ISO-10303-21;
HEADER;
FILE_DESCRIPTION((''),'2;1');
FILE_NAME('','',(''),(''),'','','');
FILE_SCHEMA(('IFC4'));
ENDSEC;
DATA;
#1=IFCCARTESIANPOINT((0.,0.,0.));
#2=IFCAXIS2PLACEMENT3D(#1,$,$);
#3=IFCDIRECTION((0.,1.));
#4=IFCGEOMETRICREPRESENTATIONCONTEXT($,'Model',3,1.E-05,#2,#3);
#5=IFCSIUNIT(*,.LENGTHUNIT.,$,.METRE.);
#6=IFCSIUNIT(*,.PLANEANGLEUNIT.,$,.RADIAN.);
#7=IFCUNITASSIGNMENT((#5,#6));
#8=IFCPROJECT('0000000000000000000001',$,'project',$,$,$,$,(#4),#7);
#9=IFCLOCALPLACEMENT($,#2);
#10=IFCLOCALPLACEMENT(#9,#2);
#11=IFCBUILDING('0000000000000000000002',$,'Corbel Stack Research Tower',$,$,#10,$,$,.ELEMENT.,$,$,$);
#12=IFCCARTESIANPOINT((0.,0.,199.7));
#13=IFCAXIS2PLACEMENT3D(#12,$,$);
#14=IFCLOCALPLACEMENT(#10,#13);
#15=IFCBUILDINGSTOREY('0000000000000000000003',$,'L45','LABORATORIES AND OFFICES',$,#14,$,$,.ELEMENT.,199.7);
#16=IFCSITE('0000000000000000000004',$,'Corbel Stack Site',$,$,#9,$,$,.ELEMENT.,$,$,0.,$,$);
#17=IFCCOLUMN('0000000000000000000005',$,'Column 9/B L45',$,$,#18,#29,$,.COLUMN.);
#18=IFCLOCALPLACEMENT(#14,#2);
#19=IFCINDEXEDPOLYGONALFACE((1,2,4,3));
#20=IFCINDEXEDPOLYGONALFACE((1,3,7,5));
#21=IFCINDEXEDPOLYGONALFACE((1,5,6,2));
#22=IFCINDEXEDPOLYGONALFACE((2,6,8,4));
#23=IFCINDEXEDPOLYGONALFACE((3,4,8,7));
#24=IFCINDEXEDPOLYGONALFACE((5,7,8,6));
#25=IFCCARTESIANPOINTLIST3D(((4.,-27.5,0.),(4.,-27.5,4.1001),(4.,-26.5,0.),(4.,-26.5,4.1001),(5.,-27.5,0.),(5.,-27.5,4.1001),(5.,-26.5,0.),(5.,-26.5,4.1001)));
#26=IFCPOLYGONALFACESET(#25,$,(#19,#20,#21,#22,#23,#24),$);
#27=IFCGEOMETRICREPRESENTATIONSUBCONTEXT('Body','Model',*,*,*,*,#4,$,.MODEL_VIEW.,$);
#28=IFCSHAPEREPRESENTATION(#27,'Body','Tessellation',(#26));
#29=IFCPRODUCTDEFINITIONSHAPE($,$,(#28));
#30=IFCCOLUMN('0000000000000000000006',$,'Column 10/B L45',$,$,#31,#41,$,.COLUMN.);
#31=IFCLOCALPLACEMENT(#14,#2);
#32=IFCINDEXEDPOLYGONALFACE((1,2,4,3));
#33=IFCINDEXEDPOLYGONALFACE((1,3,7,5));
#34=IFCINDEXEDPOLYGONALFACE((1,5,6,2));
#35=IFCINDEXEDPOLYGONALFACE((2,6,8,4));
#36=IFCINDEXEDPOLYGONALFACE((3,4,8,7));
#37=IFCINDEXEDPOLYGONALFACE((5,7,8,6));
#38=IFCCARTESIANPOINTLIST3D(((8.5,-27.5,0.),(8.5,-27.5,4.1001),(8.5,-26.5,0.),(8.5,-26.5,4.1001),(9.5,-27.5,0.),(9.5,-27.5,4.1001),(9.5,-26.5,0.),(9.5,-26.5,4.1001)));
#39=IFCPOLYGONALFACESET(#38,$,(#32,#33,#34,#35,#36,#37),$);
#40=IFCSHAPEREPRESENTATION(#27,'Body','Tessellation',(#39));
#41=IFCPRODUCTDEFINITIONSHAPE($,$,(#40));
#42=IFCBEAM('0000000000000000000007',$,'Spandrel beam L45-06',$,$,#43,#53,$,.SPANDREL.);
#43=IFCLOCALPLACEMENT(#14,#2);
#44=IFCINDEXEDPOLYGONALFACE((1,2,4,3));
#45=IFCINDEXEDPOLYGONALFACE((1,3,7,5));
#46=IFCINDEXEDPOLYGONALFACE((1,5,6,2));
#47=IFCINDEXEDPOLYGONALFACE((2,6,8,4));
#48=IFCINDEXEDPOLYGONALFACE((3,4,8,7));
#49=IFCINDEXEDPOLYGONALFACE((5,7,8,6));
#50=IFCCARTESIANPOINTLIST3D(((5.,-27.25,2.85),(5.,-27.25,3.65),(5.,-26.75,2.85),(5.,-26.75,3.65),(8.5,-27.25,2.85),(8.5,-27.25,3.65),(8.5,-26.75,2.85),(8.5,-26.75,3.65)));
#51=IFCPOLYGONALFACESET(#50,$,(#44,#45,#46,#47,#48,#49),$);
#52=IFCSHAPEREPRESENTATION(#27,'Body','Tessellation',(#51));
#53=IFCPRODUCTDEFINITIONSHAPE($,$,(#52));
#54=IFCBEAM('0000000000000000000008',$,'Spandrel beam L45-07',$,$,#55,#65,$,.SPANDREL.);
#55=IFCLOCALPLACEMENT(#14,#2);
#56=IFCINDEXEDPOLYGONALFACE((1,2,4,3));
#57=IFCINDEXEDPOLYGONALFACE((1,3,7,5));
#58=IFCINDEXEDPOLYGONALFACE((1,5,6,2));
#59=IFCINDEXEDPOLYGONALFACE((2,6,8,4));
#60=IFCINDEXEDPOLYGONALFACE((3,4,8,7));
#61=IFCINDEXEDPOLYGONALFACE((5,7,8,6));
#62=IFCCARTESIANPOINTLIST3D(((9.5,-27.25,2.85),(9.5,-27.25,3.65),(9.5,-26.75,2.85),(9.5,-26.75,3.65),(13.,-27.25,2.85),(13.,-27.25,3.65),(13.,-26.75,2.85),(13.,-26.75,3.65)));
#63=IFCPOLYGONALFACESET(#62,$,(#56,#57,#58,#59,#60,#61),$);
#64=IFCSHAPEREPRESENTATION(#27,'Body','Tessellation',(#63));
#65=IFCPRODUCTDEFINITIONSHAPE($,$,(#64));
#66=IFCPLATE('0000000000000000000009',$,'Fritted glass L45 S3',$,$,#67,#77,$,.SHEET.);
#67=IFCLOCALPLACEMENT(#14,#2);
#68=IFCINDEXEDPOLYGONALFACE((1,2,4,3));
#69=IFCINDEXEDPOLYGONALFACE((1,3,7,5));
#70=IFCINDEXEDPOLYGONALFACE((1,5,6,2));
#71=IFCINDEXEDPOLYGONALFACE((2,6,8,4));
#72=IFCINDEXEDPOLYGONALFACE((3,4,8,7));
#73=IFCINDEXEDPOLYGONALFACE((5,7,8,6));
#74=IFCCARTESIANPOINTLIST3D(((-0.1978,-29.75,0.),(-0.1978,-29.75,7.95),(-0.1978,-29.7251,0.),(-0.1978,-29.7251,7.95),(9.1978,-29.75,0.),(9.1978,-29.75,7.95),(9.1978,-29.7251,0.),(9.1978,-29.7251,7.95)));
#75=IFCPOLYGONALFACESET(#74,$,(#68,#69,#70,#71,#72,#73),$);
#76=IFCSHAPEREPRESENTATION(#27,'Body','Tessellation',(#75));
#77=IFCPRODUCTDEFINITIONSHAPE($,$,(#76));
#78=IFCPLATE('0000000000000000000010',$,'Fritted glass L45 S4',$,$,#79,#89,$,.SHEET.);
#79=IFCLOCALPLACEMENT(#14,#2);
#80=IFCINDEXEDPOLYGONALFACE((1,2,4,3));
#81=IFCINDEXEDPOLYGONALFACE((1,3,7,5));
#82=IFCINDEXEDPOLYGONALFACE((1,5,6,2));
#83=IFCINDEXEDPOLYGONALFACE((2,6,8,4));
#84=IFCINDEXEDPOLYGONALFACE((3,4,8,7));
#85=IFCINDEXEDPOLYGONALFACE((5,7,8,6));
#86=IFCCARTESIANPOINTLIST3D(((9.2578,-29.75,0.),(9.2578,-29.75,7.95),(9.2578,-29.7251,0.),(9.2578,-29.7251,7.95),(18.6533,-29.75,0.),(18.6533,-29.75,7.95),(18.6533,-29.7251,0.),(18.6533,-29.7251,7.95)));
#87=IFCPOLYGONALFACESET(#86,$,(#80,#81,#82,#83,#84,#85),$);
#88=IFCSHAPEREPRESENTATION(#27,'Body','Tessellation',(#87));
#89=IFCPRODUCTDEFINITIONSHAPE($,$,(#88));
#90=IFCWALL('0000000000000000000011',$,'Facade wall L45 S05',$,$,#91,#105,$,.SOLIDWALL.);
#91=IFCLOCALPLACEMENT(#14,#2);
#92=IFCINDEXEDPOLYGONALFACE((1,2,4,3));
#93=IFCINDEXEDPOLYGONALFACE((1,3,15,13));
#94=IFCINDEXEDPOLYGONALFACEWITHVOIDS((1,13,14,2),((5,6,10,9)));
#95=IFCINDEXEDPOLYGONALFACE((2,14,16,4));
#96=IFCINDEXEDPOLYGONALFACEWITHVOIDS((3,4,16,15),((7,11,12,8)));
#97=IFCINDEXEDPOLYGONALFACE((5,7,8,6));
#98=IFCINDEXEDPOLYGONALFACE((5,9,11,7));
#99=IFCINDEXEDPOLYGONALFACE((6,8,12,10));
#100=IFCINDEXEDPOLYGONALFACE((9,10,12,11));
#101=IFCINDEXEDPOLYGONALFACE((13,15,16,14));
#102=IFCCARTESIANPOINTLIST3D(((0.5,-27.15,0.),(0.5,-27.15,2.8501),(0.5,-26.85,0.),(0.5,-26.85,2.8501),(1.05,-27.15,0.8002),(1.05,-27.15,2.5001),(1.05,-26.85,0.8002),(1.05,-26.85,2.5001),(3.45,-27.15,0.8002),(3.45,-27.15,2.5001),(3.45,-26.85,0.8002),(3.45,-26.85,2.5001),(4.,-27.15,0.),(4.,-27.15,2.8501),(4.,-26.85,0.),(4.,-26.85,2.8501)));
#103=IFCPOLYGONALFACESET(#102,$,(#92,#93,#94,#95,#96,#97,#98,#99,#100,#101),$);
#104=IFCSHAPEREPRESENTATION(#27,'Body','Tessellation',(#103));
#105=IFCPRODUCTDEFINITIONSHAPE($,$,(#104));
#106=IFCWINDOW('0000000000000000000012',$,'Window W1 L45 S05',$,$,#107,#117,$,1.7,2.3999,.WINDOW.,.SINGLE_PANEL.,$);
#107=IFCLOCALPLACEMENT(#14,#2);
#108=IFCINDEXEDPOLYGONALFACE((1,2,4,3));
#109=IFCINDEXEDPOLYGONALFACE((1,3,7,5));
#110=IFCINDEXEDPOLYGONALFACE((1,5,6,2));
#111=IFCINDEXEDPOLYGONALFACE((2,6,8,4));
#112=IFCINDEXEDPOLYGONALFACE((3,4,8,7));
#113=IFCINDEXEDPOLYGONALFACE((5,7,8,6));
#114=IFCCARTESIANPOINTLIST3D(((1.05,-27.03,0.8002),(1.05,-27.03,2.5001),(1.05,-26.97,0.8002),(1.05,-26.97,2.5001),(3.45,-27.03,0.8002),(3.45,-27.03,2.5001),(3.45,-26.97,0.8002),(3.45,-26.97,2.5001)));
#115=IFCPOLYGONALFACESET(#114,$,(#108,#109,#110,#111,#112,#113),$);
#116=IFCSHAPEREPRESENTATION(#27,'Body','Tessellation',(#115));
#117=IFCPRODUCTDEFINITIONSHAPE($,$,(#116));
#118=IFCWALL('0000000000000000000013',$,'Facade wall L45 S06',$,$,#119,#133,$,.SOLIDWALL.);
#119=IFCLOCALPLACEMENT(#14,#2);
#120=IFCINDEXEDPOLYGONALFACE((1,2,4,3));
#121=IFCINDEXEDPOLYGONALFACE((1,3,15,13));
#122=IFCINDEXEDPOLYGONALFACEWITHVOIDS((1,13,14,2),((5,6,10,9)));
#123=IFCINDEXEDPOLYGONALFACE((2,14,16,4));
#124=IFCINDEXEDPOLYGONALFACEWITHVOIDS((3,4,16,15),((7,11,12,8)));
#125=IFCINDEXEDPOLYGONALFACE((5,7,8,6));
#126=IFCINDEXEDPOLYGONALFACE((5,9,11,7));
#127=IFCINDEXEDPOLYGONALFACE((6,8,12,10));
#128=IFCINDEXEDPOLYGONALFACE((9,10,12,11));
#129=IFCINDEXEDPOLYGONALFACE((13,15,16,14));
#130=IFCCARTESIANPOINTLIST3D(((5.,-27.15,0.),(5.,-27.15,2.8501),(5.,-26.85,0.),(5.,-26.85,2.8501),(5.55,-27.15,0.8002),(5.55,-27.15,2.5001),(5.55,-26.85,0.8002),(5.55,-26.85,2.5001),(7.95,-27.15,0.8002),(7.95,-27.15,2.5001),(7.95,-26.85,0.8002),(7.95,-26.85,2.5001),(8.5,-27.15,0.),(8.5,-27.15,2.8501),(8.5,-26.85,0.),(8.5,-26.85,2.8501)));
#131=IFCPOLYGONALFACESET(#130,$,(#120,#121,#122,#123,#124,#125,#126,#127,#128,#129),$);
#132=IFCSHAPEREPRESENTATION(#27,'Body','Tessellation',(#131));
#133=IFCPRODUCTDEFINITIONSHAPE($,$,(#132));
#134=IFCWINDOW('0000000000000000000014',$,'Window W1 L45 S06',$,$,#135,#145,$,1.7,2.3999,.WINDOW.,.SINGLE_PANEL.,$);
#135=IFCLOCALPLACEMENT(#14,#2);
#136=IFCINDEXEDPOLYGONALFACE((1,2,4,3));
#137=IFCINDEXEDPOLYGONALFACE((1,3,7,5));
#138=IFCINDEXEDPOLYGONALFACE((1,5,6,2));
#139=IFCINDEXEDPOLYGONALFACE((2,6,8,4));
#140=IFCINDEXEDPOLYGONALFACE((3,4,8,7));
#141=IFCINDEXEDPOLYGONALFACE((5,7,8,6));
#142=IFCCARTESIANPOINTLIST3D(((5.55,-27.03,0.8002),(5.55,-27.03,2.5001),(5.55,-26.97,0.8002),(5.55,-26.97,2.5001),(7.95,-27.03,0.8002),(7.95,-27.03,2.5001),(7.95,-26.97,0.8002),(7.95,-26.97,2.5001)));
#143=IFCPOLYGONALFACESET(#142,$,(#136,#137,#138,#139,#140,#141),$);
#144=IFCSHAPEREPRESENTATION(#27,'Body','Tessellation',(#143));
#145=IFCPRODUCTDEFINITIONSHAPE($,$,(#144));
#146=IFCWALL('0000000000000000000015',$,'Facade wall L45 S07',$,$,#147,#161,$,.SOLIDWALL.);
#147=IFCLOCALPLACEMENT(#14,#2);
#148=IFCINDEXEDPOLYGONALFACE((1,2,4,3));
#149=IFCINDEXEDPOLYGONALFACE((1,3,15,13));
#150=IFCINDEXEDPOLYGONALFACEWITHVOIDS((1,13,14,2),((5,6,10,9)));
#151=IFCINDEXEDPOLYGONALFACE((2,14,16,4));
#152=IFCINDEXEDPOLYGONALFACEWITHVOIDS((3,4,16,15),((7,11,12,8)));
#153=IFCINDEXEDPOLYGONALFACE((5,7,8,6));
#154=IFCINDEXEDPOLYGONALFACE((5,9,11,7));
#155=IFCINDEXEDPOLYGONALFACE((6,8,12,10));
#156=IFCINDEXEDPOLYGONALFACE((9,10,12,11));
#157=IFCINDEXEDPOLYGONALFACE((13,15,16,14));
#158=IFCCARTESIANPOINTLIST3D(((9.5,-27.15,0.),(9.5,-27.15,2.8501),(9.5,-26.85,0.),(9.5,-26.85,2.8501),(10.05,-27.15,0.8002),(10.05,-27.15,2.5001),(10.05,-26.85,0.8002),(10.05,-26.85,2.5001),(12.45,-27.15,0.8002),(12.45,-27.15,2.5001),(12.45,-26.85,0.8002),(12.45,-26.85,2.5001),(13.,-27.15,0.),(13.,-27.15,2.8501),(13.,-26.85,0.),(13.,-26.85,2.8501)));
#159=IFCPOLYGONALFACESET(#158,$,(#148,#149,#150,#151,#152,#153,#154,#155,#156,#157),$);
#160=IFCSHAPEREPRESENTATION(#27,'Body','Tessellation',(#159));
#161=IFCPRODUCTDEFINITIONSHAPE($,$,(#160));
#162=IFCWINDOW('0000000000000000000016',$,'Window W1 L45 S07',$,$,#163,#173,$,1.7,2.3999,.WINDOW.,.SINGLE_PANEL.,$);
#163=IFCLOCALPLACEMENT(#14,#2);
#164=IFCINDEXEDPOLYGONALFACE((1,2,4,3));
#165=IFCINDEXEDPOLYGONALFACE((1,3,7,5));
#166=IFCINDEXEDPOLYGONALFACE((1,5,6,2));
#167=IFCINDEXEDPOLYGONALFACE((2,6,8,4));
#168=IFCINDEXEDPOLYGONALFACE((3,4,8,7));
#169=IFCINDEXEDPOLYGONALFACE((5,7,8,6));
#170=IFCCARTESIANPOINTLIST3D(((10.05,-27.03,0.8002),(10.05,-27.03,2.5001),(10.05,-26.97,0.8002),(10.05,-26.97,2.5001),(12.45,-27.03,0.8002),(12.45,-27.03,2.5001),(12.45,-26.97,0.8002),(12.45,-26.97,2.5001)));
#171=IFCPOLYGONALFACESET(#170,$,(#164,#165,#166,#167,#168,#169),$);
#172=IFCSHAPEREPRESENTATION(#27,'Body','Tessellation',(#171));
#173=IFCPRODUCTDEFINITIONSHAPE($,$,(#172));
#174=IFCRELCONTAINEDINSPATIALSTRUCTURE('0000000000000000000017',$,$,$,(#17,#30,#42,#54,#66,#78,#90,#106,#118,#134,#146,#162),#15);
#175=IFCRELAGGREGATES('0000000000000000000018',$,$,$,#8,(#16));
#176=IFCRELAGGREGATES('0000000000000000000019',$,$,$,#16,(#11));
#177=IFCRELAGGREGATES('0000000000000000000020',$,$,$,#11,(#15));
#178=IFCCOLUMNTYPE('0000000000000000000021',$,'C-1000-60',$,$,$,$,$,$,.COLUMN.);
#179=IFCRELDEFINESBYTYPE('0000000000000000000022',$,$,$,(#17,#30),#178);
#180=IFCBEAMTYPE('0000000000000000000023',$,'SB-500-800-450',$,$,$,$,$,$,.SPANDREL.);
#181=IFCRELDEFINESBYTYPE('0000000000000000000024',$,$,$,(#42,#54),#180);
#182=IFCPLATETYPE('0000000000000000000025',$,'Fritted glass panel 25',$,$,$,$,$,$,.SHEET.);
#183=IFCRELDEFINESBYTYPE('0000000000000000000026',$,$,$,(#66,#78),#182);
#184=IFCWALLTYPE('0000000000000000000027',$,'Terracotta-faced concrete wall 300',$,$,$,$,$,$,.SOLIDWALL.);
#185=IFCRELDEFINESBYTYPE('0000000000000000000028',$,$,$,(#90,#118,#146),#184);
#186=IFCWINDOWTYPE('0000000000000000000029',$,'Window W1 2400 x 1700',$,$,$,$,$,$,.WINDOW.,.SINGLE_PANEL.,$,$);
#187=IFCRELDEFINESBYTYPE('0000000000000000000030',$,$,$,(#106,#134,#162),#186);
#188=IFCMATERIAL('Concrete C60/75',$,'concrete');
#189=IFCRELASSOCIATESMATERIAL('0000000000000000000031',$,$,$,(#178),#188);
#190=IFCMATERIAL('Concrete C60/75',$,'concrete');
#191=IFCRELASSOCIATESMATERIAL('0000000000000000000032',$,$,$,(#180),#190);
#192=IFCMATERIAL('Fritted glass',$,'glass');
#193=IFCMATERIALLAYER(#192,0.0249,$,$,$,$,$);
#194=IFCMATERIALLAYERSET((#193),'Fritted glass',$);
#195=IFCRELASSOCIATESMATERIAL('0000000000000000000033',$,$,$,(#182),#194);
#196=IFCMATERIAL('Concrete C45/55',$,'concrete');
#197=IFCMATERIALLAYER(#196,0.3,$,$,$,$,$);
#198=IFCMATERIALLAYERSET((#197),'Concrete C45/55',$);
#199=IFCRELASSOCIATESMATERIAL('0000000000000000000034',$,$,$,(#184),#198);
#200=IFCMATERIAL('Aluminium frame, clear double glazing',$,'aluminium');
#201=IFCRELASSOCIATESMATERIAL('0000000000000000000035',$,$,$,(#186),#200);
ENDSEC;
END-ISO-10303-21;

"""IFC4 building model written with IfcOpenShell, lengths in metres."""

from ifc_helpers import new_model, si_unit, direction, frame, frame_2d, origin, origin_2d, place, context, subcontext, project, spatial, rectangle, extrude, material, layer, layer_set, material_profile, profile_set, type_object, element, fill, save


model = new_model("IFC4")

# Units and contexts
model_context = context("Model", 3, precision=1e-05, world=origin(), true_north=direction((0.0, 1.0)))
body_context = subcontext(model_context, "Body", "Model", "MODEL_VIEW")
ifc_project = project(units=[si_unit("LENGTHUNIT", "METRE"), si_unit("PLANEANGLEUNIT", "RADIAN")], contexts=[model_context])

# Site, building, storey
site_placement = place(None, origin())
site = spatial("IfcSite", under=ifc_project, at=site_placement, Name="Corbel Stack Site", CompositionType="ELEMENT", RefElevation=0.0)
building_placement = place(site_placement, origin())
building = spatial("IfcBuilding", under=site, at=building_placement, Name="Corbel Stack Research Tower", CompositionType="ELEMENT")
storey_placement = place(building_placement, frame((0.0, 0.0, 199.7)))
storey = spatial("IfcBuildingStorey", under=building, at=storey_placement, Name="L45", Description="LABORATORIES AND OFFICES", CompositionType="ELEMENT", Elevation=199.7)

# Columns
ifc_material_1 = material(Name="Concrete C60/75", Category="concrete")
ifc_material_profile_1 = material_profile(ifc_material_1, rectangle(XDim=1.0, YDim=1.0, at=origin_2d()), Name="RC 1000 x 1000")
ifc_profile_set_1 = profile_set([ifc_material_profile_1], Name="Concrete C60/75")
column_type = type_object("IfcColumnType", Name="C-1000-60", PredefinedType="COLUMN", material=ifc_profile_set_1)
for number, where, z_axis, x_axis, name in (
    (1, (4.5, -27.0, 0.0), (0.0, 0.0, 1.0), (1.0, 0.0, 0.0), "Column 9/B L45"),
    (2, (9.0, -27.0, 0.0), (0.0, 0.0, 1.0), (1.0, 0.0, 0.0), "Column 10/B L45"),
):
    element("IfcColumn", number, at=place(storey_placement, frame(where, z_axis=z_axis, x_axis=x_axis)), inside=storey, type_object=column_type, Name=name, PredefinedType="COLUMN", context=body_context, shape_type="SweptSolid", body=[
        extrude(rectangle(XDim=1.0, YDim=1.0, at=origin_2d()), origin(), (0.0, 0.0, 1.0), 4.1001),
    ])

# Beams
ifc_material_2 = material(Name="Concrete C60/75", Category="concrete")
ifc_material_profile_2 = material_profile(ifc_material_2, rectangle(XDim=0.5, YDim=0.8, at=origin_2d()), Name="RC 500 x 800")
ifc_profile_set_2 = profile_set([ifc_material_profile_2], Name="Concrete C60/75")
beam_type = type_object("IfcBeamType", Name="SB-500-800-450", PredefinedType="SPANDREL", material=ifc_profile_set_2)
for number, where, z_axis, x_axis, name in (
    (3, (5.0, -27.0, 3.25), (1.0, 0.0, 0.0), (0.0, 1.0, 0.0), "Spandrel beam L45-06"),
    (4, (9.5, -27.0, 3.25), (1.0, 0.0, 0.0), (0.0, 1.0, 0.0), "Spandrel beam L45-07"),
):
    element("IfcBeam", number, at=place(storey_placement, frame(where, z_axis=z_axis, x_axis=x_axis)), inside=storey, type_object=beam_type, Name=name, PredefinedType="SPANDREL", context=body_context, shape_type="SweptSolid", body=[
        extrude(rectangle(XDim=0.5, YDim=0.8, at=origin_2d()), origin(), (0.0, 0.0, 1.0), 3.5),
    ])

# Plates
ifc_material_3 = material(Name="Fritted glass", Category="glass")
ifc_layer_1 = layer(ifc_material_3, 0.0249)
ifc_layer_set_1 = layer_set([ifc_layer_1], Name="Fritted glass")
plate_type = type_object("IfcPlateType", Name="Fritted glass panel 25", PredefinedType="SHEET", material=ifc_layer_set_1)
for number, where, z_axis, x_axis, name in (
    (5, (4.5, -29.7375, 0.0), (0.0, 0.0, 1.0), (1.0, 0.0, 0.0), "Fritted glass L45 S3"),
    (6, (13.9556, -29.7375, 0.0), (0.0, 0.0, 1.0), (1.0, 0.0, 0.0), "Fritted glass L45 S4"),
):
    element("IfcPlate", number, at=place(storey_placement, frame(where, z_axis=z_axis, x_axis=x_axis)), inside=storey, type_object=plate_type, Name=name, PredefinedType="SHEET", context=body_context, shape_type="SweptSolid", body=[
        extrude(rectangle(XDim=9.3955, YDim=0.0249, at=origin_2d()), origin(), (0.0, 0.0, 1.0), 7.95),
    ])

# Walls, openings, windows
ifc_material_4 = material(Name="Concrete C45/55", Category="concrete")
ifc_layer_2 = layer(ifc_material_4, 0.3)
ifc_layer_set_2 = layer_set([ifc_layer_2], Name="Concrete C45/55")
wall_type = type_object("IfcWallType", Name="Terracotta-faced concrete wall 300", PredefinedType="SOLIDWALL", material=ifc_layer_set_2)
wall_1_placement = place(storey_placement, frame((4.0, -27.0, 0.0), z_axis=(0.0, 0.0, 1.0), x_axis=(-1.0, 0.0, 0.0)))
wall_1 = element("IfcWall", 7, at=wall_1_placement, inside=storey, type_object=wall_type, Name="Facade wall L45 S05", PredefinedType="SOLIDWALL", context=body_context, shape_type="SweptSolid", body=[
    extrude(rectangle(XDim=3.5, YDim=0.3, at=frame_2d((1.75, 0.0))), origin(), (0.0, 0.0, 1.0), 2.8501),
])
opening_1_placement = place(wall_1_placement, frame((0.55, 0.0, 0.8)))
opening_1 = element("IfcOpeningElement", 8, at=opening_1_placement, cuts=wall_1, PredefinedType="OPENING", context=body_context, shape_type="SweptSolid", body=[
    extrude(rectangle(XDim=2.3999, YDim=1.7, at=frame_2d((1.2, 0.8501))), frame((0.0, 0.1599, 0.0), z_axis=(0.0, -1.0, 0.0), x_axis=(1.0, 0.0, 0.0)), (0.0, 0.0, 1.0), 0.3201),
])
ifc_material_5 = material(Name="Aluminium frame, clear double glazing", Category="aluminium")
window_type = type_object("IfcWindowType", Name="Window W1 2400 x 1700", PartitioningType="SINGLE_PANEL", PredefinedType="WINDOW", material=ifc_material_5)
window_1_placement = place(opening_1_placement, origin())
window_1 = element("IfcWindow", 9, at=window_1_placement, inside=storey, type_object=window_type, Name="Window W1 L45 S05", OverallHeight=1.7, OverallWidth=2.3999, PartitioningType="SINGLE_PANEL", PredefinedType="WINDOW", context=body_context, shape_type="SweptSolid", body=[
    extrude(rectangle(XDim=2.3999, YDim=1.7, at=frame_2d((1.2, 0.8501))), frame((0.0, 0.03, 0.0), z_axis=(0.0, -1.0, 0.0), x_axis=(1.0, 0.0, 0.0)), (0.0, 0.0, 1.0), 0.0601),
])
fill(opening_1, window_1)
wall_2_placement = place(storey_placement, frame((8.5, -27.0, 0.0), z_axis=(0.0, 0.0, 1.0), x_axis=(-1.0, 0.0, 0.0)))
wall_2 = element("IfcWall", 10, at=wall_2_placement, inside=storey, type_object=wall_type, Name="Facade wall L45 S06", PredefinedType="SOLIDWALL", context=body_context, shape_type="SweptSolid", body=[
    extrude(rectangle(XDim=3.5, YDim=0.3, at=frame_2d((1.75, 0.0))), origin(), (0.0, 0.0, 1.0), 2.8501),
])
opening_2_placement = place(wall_2_placement, frame((0.55, 0.0, 0.8)))
opening_2 = element("IfcOpeningElement", 11, at=opening_2_placement, cuts=wall_2, PredefinedType="OPENING", context=body_context, shape_type="SweptSolid", body=[
    extrude(rectangle(XDim=2.3999, YDim=1.7, at=frame_2d((1.2, 0.8501))), frame((0.0, 0.1599, 0.0), z_axis=(0.0, -1.0, 0.0), x_axis=(1.0, 0.0, 0.0)), (0.0, 0.0, 1.0), 0.3201),
])
window_2_placement = place(opening_2_placement, origin())
window_2 = element("IfcWindow", 12, at=window_2_placement, inside=storey, type_object=window_type, Name="Window W1 L45 S06", OverallHeight=1.7, OverallWidth=2.3999, PartitioningType="SINGLE_PANEL", PredefinedType="WINDOW", context=body_context, shape_type="SweptSolid", body=[
    extrude(rectangle(XDim=2.3999, YDim=1.7, at=frame_2d((1.2, 0.8501))), frame((0.0, 0.03, 0.0), z_axis=(0.0, -1.0, 0.0), x_axis=(1.0, 0.0, 0.0)), (0.0, 0.0, 1.0), 0.0601),
])
fill(opening_2, window_2)
wall_3_placement = place(storey_placement, frame((13.0, -27.0, 0.0), z_axis=(0.0, 0.0, 1.0), x_axis=(-1.0, 0.0, 0.0)))
wall_3 = element("IfcWall", 13, at=wall_3_placement, inside=storey, type_object=wall_type, Name="Facade wall L45 S07", PredefinedType="SOLIDWALL", context=body_context, shape_type="SweptSolid", body=[
    extrude(rectangle(XDim=3.5, YDim=0.3, at=frame_2d((1.75, 0.0))), origin(), (0.0, 0.0, 1.0), 2.8501),
])
opening_3_placement = place(wall_3_placement, frame((0.55, 0.0, 0.8)))
opening_3 = element("IfcOpeningElement", 14, at=opening_3_placement, cuts=wall_3, PredefinedType="OPENING", context=body_context, shape_type="SweptSolid", body=[
    extrude(rectangle(XDim=2.3999, YDim=1.7, at=frame_2d((1.2, 0.8501))), frame((0.0, 0.1599, 0.0), z_axis=(0.0, -1.0, 0.0), x_axis=(1.0, 0.0, 0.0)), (0.0, 0.0, 1.0), 0.3201),
])
window_3_placement = place(opening_3_placement, origin())
window_3 = element("IfcWindow", 15, at=window_3_placement, inside=storey, type_object=window_type, Name="Window W1 L45 S07", OverallHeight=1.7, OverallWidth=2.3999, PartitioningType="SINGLE_PANEL", PredefinedType="WINDOW", context=body_context, shape_type="SweptSolid", body=[
    extrude(rectangle(XDim=2.3999, YDim=1.7, at=frame_2d((1.2, 0.8501))), frame((0.0, 0.03, 0.0), z_axis=(0.0, -1.0, 0.0), x_axis=(1.0, 0.0, 0.0)), (0.0, 0.0, 1.0), 0.0601),
])
fill(opening_3, window_3)

save(model, "model.ifc")
